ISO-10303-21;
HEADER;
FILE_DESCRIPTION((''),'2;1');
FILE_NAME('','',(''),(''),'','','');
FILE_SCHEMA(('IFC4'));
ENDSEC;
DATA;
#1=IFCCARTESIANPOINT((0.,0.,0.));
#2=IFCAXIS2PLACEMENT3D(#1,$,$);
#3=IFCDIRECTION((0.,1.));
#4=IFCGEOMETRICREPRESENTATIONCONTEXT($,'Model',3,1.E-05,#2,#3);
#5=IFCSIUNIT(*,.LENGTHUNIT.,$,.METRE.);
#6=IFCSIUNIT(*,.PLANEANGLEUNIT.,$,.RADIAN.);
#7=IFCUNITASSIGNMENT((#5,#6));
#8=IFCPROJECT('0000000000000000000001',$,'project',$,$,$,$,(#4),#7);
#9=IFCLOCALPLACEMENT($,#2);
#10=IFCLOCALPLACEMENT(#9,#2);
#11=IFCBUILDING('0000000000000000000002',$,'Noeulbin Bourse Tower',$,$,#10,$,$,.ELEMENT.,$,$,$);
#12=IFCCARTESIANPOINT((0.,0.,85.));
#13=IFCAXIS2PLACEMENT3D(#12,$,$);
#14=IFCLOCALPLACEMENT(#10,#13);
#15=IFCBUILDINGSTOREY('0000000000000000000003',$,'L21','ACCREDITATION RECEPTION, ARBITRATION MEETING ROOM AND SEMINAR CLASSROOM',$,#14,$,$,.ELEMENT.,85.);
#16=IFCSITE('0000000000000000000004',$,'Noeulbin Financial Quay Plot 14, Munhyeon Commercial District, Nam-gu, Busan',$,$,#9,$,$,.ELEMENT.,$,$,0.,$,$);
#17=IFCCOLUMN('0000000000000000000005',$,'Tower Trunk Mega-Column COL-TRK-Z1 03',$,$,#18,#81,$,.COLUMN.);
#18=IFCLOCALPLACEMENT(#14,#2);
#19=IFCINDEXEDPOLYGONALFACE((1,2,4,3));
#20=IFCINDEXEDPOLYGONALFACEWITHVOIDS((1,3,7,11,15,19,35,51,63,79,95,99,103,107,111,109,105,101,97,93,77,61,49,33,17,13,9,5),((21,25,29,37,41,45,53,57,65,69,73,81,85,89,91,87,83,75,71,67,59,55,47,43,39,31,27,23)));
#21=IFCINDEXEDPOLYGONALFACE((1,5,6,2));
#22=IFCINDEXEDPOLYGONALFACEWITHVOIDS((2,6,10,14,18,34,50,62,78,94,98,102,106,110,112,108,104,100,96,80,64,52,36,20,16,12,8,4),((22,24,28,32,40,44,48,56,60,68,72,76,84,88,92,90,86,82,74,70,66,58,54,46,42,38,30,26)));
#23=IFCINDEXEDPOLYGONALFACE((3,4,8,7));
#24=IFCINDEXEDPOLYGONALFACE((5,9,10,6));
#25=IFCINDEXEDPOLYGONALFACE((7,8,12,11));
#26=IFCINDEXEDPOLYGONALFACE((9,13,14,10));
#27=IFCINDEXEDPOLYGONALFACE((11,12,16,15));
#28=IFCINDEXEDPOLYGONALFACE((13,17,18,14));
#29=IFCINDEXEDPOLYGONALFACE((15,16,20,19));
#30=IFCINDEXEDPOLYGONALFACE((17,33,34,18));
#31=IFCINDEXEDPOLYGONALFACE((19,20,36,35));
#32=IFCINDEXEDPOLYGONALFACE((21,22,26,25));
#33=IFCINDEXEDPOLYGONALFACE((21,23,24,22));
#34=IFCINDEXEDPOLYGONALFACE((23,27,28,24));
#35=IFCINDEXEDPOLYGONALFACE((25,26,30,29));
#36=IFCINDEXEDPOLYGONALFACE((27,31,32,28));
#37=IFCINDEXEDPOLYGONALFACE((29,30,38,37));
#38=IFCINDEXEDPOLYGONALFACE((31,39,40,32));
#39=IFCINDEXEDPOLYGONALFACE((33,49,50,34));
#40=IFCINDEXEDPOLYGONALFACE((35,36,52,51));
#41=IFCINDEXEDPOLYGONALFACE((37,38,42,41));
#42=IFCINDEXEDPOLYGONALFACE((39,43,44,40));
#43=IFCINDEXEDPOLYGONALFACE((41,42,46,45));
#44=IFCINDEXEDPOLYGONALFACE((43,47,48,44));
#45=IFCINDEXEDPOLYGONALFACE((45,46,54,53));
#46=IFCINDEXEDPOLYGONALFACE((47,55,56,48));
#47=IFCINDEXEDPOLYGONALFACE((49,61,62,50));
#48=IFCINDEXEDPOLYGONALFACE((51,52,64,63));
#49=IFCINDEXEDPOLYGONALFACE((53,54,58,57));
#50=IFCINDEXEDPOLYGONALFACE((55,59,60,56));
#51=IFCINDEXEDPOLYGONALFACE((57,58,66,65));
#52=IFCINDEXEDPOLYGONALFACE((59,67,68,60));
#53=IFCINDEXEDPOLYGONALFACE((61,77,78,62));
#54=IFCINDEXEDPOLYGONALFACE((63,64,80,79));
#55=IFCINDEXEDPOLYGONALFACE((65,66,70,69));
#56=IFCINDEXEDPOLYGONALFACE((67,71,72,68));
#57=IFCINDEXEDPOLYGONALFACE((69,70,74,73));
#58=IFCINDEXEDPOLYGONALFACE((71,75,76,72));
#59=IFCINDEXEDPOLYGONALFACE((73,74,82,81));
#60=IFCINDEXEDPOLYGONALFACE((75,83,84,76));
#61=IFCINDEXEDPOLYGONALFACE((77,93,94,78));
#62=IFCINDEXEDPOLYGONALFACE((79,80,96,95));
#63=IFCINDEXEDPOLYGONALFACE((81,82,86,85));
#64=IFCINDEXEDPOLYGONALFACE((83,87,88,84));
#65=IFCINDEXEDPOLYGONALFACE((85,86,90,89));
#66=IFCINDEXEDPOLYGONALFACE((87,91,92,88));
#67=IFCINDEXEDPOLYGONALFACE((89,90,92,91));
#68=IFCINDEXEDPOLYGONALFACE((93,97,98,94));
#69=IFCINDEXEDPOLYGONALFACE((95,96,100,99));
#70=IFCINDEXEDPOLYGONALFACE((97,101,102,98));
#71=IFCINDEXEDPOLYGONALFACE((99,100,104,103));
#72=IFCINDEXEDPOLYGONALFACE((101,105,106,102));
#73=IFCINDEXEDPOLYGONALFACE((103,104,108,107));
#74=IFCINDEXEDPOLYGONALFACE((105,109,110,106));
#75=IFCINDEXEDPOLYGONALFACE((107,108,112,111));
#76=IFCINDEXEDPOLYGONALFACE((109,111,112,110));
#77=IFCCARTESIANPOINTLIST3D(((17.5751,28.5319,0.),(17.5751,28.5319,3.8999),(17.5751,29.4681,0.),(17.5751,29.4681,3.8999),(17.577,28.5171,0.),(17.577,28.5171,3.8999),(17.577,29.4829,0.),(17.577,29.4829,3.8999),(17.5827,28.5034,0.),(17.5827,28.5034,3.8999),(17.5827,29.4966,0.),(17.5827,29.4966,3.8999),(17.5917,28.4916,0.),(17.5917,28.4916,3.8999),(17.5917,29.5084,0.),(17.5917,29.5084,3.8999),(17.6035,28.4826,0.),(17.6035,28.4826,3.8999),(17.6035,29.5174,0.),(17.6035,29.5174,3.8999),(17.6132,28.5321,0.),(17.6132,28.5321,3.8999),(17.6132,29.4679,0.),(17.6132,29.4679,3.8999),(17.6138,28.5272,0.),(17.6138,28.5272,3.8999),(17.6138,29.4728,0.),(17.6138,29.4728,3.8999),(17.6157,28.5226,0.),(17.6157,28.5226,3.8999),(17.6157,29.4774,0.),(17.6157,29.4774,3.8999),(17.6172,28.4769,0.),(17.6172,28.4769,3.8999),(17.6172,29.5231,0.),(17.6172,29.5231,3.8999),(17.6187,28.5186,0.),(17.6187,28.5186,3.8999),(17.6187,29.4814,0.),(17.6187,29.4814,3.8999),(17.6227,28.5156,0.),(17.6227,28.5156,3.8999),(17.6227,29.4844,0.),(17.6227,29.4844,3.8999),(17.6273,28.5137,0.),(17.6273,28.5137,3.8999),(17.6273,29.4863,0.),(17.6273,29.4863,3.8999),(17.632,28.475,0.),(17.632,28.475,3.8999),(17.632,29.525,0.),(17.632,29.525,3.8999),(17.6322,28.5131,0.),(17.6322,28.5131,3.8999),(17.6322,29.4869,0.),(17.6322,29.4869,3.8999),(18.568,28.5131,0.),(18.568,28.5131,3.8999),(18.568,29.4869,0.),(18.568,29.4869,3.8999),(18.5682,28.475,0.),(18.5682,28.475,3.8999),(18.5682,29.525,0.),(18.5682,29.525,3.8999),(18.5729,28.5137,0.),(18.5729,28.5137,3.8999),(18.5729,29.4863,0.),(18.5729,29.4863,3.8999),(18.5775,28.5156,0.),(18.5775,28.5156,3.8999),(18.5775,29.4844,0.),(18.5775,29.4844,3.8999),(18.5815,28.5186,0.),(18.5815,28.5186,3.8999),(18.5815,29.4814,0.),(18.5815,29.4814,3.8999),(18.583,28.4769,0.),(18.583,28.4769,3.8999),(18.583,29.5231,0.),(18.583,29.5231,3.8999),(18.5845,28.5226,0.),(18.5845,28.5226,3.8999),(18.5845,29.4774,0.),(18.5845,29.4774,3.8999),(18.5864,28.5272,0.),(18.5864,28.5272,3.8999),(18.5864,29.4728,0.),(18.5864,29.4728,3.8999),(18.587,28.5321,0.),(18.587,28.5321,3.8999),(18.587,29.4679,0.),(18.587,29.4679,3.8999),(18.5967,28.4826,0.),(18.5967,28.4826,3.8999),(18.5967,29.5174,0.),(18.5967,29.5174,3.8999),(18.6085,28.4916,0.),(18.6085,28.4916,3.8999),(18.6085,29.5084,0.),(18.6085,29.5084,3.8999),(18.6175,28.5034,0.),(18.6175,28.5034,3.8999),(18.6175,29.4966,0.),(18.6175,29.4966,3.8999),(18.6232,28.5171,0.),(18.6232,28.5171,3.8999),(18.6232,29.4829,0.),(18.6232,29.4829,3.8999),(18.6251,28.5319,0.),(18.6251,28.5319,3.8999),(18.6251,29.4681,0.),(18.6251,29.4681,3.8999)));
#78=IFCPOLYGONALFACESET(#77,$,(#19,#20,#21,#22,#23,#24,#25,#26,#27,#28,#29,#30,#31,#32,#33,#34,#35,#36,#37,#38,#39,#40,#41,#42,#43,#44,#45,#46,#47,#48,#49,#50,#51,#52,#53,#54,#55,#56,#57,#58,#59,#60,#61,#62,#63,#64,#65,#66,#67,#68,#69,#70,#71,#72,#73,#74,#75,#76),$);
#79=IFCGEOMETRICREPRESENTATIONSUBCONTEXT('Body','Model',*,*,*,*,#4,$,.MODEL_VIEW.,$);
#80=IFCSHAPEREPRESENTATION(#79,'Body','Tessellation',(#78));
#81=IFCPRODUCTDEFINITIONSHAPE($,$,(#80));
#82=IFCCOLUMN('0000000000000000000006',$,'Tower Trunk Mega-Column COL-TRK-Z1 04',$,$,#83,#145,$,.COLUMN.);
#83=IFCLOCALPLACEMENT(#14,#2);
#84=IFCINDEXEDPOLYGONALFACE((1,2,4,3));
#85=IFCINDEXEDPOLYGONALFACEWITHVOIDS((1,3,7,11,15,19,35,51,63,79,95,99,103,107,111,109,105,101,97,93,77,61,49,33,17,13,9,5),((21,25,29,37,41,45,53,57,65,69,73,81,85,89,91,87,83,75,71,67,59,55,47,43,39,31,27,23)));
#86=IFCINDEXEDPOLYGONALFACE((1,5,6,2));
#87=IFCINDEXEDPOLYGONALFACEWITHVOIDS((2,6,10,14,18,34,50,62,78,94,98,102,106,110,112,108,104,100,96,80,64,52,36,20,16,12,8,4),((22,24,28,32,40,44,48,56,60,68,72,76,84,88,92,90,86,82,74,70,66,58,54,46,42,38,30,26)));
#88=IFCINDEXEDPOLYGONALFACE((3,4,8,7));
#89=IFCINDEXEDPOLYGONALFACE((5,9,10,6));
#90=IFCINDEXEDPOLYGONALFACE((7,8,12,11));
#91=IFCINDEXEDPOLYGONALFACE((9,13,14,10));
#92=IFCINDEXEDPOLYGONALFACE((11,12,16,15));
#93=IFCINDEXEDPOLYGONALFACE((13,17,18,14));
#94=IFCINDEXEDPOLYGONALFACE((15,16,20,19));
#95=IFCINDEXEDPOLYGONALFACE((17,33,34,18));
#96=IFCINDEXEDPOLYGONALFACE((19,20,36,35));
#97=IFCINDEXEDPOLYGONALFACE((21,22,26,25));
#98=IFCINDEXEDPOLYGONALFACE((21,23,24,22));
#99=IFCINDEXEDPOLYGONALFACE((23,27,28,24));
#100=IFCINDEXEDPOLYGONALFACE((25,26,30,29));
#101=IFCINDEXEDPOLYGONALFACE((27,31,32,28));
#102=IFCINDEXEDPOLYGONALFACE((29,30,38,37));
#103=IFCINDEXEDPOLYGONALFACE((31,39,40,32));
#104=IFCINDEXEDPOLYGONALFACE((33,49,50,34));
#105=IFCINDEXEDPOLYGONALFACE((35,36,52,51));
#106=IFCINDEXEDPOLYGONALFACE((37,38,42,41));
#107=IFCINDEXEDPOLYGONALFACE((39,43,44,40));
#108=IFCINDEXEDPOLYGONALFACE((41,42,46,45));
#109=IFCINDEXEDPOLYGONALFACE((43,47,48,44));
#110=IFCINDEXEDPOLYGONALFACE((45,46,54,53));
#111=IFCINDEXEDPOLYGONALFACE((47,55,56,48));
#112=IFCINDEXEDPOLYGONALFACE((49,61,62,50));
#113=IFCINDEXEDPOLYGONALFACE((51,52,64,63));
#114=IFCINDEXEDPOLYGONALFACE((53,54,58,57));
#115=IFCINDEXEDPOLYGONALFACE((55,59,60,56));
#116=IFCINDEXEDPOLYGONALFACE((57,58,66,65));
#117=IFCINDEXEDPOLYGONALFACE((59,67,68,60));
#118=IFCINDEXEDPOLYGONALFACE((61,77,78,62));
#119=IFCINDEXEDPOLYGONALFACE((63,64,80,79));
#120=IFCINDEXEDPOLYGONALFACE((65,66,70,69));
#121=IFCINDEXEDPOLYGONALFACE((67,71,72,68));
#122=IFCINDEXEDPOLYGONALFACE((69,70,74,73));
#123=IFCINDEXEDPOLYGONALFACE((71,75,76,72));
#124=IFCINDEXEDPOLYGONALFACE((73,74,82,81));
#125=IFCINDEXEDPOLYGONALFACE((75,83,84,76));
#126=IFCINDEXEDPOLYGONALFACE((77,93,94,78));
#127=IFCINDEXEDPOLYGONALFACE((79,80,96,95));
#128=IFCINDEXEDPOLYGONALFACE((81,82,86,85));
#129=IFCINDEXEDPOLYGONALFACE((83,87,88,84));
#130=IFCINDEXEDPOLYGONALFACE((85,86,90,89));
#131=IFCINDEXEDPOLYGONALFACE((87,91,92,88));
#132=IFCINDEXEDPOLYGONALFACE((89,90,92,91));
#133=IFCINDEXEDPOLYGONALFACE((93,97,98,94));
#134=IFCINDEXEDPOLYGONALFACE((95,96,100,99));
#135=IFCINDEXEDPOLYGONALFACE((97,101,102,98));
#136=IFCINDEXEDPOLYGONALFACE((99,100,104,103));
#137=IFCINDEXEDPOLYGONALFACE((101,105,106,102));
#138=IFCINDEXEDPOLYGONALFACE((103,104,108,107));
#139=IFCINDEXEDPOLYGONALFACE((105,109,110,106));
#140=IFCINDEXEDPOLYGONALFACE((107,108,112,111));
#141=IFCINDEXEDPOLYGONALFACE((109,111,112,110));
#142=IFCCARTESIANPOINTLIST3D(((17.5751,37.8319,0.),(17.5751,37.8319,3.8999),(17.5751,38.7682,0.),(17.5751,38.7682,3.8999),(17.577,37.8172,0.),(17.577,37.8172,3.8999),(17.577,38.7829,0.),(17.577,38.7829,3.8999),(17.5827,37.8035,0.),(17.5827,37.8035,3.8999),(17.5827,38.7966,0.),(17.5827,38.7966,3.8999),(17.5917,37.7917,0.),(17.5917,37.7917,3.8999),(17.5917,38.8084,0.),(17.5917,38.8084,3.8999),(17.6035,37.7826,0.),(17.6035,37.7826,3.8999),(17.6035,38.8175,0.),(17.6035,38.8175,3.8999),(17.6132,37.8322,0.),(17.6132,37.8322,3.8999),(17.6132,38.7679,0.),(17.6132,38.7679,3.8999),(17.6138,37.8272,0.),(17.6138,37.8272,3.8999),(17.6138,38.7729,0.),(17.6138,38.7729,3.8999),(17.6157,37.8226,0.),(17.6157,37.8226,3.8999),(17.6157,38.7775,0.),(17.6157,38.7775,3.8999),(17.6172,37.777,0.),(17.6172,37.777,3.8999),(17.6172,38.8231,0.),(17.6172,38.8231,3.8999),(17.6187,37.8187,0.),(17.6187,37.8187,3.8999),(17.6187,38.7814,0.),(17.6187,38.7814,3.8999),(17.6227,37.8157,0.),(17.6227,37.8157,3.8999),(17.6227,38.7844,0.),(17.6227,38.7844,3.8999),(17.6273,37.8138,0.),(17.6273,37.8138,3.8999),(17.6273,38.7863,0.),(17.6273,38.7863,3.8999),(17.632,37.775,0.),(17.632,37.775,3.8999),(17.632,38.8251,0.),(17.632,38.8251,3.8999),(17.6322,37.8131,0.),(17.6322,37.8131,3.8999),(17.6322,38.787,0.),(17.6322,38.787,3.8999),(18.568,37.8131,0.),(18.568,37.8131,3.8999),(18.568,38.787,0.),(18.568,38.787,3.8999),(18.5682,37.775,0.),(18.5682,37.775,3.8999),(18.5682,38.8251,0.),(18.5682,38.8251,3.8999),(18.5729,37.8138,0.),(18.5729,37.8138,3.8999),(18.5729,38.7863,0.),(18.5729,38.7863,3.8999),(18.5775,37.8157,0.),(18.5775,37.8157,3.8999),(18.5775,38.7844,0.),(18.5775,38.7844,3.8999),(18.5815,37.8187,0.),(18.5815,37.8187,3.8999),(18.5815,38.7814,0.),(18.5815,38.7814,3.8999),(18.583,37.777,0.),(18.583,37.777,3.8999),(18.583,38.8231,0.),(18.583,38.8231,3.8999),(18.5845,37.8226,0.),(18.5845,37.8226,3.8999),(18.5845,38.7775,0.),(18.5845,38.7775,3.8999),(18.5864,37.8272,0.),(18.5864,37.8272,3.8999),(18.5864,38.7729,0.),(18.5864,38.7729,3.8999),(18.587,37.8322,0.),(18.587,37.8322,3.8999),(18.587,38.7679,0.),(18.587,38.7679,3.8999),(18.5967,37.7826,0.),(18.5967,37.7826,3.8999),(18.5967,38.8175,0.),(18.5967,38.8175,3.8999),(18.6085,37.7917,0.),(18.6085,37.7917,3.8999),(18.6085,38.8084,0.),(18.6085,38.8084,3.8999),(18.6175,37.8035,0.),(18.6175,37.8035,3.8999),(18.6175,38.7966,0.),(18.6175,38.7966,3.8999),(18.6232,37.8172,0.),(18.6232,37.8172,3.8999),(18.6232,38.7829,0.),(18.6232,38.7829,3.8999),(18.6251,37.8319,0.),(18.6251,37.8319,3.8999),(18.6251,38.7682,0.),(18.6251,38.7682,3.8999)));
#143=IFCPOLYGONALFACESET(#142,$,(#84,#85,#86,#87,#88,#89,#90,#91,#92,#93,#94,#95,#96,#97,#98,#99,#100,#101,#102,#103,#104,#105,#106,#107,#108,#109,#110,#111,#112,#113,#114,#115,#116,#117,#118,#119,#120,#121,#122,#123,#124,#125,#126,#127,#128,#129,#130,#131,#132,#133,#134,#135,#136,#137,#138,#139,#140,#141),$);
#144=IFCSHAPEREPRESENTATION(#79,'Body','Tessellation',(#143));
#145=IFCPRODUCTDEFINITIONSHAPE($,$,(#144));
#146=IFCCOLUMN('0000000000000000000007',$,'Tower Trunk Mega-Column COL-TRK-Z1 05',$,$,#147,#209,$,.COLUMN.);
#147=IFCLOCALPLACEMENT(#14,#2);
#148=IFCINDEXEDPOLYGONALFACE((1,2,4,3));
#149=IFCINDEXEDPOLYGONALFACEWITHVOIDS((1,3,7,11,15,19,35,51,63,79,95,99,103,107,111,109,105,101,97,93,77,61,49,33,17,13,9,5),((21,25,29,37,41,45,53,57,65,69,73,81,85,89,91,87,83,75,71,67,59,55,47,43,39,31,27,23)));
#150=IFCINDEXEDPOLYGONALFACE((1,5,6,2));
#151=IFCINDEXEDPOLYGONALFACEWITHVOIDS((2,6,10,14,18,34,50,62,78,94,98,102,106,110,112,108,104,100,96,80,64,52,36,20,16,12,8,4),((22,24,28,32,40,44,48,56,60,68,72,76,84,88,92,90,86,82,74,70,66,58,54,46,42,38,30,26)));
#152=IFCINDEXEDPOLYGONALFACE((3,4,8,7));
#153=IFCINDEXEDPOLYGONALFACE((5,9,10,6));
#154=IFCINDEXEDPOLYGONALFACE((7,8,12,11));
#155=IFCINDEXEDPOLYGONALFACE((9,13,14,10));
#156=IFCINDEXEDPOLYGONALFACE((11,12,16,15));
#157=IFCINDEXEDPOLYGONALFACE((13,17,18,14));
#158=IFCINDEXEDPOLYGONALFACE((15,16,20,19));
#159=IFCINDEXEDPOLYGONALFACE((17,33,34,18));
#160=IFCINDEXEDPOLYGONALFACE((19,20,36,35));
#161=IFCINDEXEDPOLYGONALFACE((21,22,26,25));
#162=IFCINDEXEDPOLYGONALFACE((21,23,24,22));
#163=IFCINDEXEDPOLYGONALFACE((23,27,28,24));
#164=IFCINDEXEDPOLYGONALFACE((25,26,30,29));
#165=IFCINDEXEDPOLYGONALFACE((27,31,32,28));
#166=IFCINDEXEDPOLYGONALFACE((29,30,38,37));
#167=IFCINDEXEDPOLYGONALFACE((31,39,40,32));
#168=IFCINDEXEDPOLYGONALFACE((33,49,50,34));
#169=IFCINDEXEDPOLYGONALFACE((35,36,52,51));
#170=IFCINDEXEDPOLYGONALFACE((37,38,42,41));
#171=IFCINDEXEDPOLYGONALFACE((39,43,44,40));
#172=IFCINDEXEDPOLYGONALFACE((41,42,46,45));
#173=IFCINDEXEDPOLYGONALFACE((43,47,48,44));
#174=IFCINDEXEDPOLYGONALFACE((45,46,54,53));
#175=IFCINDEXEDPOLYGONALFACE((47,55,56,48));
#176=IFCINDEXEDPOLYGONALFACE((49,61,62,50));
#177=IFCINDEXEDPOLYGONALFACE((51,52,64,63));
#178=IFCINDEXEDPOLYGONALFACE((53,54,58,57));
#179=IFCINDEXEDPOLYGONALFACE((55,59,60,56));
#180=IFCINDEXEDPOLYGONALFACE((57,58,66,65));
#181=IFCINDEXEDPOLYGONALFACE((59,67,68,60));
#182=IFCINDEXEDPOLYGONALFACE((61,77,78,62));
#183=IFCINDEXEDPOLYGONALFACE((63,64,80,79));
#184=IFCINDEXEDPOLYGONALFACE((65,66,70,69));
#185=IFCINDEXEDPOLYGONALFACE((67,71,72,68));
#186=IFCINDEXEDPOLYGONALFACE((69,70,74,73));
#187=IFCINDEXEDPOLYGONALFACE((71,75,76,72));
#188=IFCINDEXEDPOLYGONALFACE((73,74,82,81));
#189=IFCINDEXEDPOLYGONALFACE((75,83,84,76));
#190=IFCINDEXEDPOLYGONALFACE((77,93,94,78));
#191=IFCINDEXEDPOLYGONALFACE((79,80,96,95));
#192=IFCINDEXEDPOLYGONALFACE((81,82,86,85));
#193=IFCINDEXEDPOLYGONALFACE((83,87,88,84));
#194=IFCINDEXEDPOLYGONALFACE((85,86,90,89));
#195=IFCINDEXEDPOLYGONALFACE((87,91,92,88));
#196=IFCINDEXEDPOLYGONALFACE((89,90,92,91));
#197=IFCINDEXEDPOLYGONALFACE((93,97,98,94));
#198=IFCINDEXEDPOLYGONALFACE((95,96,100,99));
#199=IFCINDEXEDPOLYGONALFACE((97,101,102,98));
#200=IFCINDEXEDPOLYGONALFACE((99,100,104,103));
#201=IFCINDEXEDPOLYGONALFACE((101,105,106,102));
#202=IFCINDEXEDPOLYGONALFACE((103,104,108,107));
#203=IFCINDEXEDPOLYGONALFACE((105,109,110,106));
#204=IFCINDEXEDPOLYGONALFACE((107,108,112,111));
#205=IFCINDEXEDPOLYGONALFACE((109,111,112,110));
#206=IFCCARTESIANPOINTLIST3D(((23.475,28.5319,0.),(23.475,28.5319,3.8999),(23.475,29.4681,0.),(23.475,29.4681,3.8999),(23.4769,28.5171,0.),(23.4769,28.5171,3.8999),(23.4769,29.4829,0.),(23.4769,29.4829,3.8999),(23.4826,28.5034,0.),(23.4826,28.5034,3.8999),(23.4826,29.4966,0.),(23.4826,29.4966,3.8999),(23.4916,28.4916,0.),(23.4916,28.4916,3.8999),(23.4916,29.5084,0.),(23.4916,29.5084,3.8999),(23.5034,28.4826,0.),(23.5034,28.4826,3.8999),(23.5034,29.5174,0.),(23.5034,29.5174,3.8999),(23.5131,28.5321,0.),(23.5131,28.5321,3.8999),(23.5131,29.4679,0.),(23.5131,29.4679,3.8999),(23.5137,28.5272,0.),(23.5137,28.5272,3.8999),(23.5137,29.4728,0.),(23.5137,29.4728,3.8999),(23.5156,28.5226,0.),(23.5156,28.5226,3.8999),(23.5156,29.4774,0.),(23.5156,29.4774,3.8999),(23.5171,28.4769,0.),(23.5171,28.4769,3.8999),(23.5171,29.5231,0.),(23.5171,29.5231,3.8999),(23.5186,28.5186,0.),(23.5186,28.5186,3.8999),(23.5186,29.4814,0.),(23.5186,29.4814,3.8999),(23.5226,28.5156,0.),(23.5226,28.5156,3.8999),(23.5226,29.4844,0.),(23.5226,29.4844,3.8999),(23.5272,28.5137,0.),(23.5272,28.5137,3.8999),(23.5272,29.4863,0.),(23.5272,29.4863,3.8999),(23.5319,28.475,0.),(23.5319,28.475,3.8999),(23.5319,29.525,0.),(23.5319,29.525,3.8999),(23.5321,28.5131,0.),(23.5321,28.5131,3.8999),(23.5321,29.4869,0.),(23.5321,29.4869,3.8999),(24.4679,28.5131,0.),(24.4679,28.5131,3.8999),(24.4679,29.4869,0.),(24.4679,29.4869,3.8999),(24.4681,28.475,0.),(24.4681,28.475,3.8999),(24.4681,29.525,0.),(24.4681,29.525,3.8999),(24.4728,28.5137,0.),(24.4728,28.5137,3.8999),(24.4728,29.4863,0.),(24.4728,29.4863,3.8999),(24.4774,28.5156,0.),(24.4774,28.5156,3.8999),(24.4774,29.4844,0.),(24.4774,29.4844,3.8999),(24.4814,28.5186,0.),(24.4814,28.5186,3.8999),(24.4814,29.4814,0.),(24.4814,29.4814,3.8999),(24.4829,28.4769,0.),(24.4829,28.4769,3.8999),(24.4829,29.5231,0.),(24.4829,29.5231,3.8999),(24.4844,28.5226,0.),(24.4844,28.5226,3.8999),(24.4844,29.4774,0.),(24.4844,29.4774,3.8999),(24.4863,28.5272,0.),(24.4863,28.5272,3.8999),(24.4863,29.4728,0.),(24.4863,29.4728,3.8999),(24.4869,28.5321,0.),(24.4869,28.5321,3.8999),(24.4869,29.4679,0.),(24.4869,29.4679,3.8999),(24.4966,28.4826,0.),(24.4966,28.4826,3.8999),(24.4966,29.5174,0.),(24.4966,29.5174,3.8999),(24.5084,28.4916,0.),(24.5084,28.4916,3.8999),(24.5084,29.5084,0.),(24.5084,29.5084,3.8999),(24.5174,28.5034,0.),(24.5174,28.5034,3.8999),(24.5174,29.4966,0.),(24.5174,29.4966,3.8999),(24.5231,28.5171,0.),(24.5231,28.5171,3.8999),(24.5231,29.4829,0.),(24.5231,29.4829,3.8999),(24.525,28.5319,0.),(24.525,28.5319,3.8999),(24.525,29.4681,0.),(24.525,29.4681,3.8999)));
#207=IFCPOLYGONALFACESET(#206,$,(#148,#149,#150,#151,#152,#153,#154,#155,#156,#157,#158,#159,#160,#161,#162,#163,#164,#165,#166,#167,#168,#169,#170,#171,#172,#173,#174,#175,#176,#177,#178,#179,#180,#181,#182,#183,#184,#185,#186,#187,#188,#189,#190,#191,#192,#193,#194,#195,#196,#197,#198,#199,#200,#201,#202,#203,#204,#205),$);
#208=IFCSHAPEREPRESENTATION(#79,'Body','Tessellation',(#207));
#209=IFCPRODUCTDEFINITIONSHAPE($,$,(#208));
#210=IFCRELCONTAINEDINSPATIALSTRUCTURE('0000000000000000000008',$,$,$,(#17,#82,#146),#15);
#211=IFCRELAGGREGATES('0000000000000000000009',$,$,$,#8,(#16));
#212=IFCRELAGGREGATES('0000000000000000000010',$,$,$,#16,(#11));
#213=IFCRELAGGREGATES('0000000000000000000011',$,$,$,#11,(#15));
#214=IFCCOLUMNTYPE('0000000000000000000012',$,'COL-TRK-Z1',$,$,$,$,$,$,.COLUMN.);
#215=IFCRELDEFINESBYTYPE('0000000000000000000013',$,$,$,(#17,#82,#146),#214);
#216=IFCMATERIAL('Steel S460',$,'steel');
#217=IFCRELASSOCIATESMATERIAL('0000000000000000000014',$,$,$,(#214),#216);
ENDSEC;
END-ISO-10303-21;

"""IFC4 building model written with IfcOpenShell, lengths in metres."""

from ifc_helpers import new_model, si_unit, direction, frame, origin, origin_2d, place, context, subcontext, project, spatial, hollow_rectangle, extrude, material, material_profile, profile_set, type_object, element, save


model = new_model("IFC4")

# Units and contexts
model_context = context("Model", 3, precision=1e-05, world=origin(), true_north=direction((0.0, 1.0)))
body_context = subcontext(model_context, "Body", "Model", "MODEL_VIEW")
ifc_project = project(units=[si_unit("LENGTHUNIT", "METRE"), si_unit("PLANEANGLEUNIT", "RADIAN")], contexts=[model_context])

# Site, building, storey
site_placement = place(None, origin())
site = spatial("IfcSite", under=ifc_project, at=site_placement, Name="Noeulbin Financial Quay Plot 14, Munhyeon Commercial District, Nam-gu, Busan", CompositionType="ELEMENT", RefElevation=0.0)
building_placement = place(site_placement, origin())
building = spatial("IfcBuilding", under=site, at=building_placement, Name="Noeulbin Bourse Tower", CompositionType="ELEMENT")
storey_placement = place(building_placement, frame((0.0, 0.0, 85.0)))
storey = spatial("IfcBuildingStorey", under=building, at=storey_placement, Name="L21", Description="ACCREDITATION RECEPTION, ARBITRATION MEETING ROOM AND SEMINAR CLASSROOM", CompositionType="ELEMENT", Elevation=85.0)

# Columns
ifc_material_1 = material(Name="Steel S460", Category="steel")
ifc_material_profile = material_profile(ifc_material_1, hollow_rectangle(XDim=1.05, YDim=1.05, WallThickness=0.0381, InnerFilletRadius=0.019, OuterFilletRadius=0.0569, at=origin_2d()), Name="BOX-1050x1050x38", Category="LoadBearing")
ifc_profile_set = profile_set([ifc_material_profile], Name="Steel S460")
column_type = type_object("IfcColumnType", Name="COL-TRK-Z1", PredefinedType="COLUMN", material=ifc_profile_set)
for number, where, z_axis, x_axis, name in (
    (1, (18.1001, 29.0, 0.0), (0.0, 0.0, 1.0), (1.0, 0.0, 0.0), "Tower Trunk Mega-Column COL-TRK-Z1 03"),
    (2, (18.1001, 38.3, 0.0), (0.0, 0.0, 1.0), (1.0, 0.0, 0.0), "Tower Trunk Mega-Column COL-TRK-Z1 04"),
    (3, (24.0, 29.0, 0.0), (0.0, 0.0, 1.0), (1.0, 0.0, 0.0), "Tower Trunk Mega-Column COL-TRK-Z1 05"),
):
    element("IfcColumn", number, at=place(storey_placement, frame(where, z_axis=z_axis, x_axis=x_axis)), inside=storey, type_object=column_type, Name=name, PredefinedType="COLUMN", context=body_context, shape_type="SweptSolid", body=[
        extrude(hollow_rectangle(XDim=1.05, YDim=1.05, WallThickness=0.0381, InnerFilletRadius=0.019, OuterFilletRadius=0.0569, at=origin_2d()), origin(), (0.0, 0.0, 1.0), 3.8999),
    ])

save(model, "model.ifc")
